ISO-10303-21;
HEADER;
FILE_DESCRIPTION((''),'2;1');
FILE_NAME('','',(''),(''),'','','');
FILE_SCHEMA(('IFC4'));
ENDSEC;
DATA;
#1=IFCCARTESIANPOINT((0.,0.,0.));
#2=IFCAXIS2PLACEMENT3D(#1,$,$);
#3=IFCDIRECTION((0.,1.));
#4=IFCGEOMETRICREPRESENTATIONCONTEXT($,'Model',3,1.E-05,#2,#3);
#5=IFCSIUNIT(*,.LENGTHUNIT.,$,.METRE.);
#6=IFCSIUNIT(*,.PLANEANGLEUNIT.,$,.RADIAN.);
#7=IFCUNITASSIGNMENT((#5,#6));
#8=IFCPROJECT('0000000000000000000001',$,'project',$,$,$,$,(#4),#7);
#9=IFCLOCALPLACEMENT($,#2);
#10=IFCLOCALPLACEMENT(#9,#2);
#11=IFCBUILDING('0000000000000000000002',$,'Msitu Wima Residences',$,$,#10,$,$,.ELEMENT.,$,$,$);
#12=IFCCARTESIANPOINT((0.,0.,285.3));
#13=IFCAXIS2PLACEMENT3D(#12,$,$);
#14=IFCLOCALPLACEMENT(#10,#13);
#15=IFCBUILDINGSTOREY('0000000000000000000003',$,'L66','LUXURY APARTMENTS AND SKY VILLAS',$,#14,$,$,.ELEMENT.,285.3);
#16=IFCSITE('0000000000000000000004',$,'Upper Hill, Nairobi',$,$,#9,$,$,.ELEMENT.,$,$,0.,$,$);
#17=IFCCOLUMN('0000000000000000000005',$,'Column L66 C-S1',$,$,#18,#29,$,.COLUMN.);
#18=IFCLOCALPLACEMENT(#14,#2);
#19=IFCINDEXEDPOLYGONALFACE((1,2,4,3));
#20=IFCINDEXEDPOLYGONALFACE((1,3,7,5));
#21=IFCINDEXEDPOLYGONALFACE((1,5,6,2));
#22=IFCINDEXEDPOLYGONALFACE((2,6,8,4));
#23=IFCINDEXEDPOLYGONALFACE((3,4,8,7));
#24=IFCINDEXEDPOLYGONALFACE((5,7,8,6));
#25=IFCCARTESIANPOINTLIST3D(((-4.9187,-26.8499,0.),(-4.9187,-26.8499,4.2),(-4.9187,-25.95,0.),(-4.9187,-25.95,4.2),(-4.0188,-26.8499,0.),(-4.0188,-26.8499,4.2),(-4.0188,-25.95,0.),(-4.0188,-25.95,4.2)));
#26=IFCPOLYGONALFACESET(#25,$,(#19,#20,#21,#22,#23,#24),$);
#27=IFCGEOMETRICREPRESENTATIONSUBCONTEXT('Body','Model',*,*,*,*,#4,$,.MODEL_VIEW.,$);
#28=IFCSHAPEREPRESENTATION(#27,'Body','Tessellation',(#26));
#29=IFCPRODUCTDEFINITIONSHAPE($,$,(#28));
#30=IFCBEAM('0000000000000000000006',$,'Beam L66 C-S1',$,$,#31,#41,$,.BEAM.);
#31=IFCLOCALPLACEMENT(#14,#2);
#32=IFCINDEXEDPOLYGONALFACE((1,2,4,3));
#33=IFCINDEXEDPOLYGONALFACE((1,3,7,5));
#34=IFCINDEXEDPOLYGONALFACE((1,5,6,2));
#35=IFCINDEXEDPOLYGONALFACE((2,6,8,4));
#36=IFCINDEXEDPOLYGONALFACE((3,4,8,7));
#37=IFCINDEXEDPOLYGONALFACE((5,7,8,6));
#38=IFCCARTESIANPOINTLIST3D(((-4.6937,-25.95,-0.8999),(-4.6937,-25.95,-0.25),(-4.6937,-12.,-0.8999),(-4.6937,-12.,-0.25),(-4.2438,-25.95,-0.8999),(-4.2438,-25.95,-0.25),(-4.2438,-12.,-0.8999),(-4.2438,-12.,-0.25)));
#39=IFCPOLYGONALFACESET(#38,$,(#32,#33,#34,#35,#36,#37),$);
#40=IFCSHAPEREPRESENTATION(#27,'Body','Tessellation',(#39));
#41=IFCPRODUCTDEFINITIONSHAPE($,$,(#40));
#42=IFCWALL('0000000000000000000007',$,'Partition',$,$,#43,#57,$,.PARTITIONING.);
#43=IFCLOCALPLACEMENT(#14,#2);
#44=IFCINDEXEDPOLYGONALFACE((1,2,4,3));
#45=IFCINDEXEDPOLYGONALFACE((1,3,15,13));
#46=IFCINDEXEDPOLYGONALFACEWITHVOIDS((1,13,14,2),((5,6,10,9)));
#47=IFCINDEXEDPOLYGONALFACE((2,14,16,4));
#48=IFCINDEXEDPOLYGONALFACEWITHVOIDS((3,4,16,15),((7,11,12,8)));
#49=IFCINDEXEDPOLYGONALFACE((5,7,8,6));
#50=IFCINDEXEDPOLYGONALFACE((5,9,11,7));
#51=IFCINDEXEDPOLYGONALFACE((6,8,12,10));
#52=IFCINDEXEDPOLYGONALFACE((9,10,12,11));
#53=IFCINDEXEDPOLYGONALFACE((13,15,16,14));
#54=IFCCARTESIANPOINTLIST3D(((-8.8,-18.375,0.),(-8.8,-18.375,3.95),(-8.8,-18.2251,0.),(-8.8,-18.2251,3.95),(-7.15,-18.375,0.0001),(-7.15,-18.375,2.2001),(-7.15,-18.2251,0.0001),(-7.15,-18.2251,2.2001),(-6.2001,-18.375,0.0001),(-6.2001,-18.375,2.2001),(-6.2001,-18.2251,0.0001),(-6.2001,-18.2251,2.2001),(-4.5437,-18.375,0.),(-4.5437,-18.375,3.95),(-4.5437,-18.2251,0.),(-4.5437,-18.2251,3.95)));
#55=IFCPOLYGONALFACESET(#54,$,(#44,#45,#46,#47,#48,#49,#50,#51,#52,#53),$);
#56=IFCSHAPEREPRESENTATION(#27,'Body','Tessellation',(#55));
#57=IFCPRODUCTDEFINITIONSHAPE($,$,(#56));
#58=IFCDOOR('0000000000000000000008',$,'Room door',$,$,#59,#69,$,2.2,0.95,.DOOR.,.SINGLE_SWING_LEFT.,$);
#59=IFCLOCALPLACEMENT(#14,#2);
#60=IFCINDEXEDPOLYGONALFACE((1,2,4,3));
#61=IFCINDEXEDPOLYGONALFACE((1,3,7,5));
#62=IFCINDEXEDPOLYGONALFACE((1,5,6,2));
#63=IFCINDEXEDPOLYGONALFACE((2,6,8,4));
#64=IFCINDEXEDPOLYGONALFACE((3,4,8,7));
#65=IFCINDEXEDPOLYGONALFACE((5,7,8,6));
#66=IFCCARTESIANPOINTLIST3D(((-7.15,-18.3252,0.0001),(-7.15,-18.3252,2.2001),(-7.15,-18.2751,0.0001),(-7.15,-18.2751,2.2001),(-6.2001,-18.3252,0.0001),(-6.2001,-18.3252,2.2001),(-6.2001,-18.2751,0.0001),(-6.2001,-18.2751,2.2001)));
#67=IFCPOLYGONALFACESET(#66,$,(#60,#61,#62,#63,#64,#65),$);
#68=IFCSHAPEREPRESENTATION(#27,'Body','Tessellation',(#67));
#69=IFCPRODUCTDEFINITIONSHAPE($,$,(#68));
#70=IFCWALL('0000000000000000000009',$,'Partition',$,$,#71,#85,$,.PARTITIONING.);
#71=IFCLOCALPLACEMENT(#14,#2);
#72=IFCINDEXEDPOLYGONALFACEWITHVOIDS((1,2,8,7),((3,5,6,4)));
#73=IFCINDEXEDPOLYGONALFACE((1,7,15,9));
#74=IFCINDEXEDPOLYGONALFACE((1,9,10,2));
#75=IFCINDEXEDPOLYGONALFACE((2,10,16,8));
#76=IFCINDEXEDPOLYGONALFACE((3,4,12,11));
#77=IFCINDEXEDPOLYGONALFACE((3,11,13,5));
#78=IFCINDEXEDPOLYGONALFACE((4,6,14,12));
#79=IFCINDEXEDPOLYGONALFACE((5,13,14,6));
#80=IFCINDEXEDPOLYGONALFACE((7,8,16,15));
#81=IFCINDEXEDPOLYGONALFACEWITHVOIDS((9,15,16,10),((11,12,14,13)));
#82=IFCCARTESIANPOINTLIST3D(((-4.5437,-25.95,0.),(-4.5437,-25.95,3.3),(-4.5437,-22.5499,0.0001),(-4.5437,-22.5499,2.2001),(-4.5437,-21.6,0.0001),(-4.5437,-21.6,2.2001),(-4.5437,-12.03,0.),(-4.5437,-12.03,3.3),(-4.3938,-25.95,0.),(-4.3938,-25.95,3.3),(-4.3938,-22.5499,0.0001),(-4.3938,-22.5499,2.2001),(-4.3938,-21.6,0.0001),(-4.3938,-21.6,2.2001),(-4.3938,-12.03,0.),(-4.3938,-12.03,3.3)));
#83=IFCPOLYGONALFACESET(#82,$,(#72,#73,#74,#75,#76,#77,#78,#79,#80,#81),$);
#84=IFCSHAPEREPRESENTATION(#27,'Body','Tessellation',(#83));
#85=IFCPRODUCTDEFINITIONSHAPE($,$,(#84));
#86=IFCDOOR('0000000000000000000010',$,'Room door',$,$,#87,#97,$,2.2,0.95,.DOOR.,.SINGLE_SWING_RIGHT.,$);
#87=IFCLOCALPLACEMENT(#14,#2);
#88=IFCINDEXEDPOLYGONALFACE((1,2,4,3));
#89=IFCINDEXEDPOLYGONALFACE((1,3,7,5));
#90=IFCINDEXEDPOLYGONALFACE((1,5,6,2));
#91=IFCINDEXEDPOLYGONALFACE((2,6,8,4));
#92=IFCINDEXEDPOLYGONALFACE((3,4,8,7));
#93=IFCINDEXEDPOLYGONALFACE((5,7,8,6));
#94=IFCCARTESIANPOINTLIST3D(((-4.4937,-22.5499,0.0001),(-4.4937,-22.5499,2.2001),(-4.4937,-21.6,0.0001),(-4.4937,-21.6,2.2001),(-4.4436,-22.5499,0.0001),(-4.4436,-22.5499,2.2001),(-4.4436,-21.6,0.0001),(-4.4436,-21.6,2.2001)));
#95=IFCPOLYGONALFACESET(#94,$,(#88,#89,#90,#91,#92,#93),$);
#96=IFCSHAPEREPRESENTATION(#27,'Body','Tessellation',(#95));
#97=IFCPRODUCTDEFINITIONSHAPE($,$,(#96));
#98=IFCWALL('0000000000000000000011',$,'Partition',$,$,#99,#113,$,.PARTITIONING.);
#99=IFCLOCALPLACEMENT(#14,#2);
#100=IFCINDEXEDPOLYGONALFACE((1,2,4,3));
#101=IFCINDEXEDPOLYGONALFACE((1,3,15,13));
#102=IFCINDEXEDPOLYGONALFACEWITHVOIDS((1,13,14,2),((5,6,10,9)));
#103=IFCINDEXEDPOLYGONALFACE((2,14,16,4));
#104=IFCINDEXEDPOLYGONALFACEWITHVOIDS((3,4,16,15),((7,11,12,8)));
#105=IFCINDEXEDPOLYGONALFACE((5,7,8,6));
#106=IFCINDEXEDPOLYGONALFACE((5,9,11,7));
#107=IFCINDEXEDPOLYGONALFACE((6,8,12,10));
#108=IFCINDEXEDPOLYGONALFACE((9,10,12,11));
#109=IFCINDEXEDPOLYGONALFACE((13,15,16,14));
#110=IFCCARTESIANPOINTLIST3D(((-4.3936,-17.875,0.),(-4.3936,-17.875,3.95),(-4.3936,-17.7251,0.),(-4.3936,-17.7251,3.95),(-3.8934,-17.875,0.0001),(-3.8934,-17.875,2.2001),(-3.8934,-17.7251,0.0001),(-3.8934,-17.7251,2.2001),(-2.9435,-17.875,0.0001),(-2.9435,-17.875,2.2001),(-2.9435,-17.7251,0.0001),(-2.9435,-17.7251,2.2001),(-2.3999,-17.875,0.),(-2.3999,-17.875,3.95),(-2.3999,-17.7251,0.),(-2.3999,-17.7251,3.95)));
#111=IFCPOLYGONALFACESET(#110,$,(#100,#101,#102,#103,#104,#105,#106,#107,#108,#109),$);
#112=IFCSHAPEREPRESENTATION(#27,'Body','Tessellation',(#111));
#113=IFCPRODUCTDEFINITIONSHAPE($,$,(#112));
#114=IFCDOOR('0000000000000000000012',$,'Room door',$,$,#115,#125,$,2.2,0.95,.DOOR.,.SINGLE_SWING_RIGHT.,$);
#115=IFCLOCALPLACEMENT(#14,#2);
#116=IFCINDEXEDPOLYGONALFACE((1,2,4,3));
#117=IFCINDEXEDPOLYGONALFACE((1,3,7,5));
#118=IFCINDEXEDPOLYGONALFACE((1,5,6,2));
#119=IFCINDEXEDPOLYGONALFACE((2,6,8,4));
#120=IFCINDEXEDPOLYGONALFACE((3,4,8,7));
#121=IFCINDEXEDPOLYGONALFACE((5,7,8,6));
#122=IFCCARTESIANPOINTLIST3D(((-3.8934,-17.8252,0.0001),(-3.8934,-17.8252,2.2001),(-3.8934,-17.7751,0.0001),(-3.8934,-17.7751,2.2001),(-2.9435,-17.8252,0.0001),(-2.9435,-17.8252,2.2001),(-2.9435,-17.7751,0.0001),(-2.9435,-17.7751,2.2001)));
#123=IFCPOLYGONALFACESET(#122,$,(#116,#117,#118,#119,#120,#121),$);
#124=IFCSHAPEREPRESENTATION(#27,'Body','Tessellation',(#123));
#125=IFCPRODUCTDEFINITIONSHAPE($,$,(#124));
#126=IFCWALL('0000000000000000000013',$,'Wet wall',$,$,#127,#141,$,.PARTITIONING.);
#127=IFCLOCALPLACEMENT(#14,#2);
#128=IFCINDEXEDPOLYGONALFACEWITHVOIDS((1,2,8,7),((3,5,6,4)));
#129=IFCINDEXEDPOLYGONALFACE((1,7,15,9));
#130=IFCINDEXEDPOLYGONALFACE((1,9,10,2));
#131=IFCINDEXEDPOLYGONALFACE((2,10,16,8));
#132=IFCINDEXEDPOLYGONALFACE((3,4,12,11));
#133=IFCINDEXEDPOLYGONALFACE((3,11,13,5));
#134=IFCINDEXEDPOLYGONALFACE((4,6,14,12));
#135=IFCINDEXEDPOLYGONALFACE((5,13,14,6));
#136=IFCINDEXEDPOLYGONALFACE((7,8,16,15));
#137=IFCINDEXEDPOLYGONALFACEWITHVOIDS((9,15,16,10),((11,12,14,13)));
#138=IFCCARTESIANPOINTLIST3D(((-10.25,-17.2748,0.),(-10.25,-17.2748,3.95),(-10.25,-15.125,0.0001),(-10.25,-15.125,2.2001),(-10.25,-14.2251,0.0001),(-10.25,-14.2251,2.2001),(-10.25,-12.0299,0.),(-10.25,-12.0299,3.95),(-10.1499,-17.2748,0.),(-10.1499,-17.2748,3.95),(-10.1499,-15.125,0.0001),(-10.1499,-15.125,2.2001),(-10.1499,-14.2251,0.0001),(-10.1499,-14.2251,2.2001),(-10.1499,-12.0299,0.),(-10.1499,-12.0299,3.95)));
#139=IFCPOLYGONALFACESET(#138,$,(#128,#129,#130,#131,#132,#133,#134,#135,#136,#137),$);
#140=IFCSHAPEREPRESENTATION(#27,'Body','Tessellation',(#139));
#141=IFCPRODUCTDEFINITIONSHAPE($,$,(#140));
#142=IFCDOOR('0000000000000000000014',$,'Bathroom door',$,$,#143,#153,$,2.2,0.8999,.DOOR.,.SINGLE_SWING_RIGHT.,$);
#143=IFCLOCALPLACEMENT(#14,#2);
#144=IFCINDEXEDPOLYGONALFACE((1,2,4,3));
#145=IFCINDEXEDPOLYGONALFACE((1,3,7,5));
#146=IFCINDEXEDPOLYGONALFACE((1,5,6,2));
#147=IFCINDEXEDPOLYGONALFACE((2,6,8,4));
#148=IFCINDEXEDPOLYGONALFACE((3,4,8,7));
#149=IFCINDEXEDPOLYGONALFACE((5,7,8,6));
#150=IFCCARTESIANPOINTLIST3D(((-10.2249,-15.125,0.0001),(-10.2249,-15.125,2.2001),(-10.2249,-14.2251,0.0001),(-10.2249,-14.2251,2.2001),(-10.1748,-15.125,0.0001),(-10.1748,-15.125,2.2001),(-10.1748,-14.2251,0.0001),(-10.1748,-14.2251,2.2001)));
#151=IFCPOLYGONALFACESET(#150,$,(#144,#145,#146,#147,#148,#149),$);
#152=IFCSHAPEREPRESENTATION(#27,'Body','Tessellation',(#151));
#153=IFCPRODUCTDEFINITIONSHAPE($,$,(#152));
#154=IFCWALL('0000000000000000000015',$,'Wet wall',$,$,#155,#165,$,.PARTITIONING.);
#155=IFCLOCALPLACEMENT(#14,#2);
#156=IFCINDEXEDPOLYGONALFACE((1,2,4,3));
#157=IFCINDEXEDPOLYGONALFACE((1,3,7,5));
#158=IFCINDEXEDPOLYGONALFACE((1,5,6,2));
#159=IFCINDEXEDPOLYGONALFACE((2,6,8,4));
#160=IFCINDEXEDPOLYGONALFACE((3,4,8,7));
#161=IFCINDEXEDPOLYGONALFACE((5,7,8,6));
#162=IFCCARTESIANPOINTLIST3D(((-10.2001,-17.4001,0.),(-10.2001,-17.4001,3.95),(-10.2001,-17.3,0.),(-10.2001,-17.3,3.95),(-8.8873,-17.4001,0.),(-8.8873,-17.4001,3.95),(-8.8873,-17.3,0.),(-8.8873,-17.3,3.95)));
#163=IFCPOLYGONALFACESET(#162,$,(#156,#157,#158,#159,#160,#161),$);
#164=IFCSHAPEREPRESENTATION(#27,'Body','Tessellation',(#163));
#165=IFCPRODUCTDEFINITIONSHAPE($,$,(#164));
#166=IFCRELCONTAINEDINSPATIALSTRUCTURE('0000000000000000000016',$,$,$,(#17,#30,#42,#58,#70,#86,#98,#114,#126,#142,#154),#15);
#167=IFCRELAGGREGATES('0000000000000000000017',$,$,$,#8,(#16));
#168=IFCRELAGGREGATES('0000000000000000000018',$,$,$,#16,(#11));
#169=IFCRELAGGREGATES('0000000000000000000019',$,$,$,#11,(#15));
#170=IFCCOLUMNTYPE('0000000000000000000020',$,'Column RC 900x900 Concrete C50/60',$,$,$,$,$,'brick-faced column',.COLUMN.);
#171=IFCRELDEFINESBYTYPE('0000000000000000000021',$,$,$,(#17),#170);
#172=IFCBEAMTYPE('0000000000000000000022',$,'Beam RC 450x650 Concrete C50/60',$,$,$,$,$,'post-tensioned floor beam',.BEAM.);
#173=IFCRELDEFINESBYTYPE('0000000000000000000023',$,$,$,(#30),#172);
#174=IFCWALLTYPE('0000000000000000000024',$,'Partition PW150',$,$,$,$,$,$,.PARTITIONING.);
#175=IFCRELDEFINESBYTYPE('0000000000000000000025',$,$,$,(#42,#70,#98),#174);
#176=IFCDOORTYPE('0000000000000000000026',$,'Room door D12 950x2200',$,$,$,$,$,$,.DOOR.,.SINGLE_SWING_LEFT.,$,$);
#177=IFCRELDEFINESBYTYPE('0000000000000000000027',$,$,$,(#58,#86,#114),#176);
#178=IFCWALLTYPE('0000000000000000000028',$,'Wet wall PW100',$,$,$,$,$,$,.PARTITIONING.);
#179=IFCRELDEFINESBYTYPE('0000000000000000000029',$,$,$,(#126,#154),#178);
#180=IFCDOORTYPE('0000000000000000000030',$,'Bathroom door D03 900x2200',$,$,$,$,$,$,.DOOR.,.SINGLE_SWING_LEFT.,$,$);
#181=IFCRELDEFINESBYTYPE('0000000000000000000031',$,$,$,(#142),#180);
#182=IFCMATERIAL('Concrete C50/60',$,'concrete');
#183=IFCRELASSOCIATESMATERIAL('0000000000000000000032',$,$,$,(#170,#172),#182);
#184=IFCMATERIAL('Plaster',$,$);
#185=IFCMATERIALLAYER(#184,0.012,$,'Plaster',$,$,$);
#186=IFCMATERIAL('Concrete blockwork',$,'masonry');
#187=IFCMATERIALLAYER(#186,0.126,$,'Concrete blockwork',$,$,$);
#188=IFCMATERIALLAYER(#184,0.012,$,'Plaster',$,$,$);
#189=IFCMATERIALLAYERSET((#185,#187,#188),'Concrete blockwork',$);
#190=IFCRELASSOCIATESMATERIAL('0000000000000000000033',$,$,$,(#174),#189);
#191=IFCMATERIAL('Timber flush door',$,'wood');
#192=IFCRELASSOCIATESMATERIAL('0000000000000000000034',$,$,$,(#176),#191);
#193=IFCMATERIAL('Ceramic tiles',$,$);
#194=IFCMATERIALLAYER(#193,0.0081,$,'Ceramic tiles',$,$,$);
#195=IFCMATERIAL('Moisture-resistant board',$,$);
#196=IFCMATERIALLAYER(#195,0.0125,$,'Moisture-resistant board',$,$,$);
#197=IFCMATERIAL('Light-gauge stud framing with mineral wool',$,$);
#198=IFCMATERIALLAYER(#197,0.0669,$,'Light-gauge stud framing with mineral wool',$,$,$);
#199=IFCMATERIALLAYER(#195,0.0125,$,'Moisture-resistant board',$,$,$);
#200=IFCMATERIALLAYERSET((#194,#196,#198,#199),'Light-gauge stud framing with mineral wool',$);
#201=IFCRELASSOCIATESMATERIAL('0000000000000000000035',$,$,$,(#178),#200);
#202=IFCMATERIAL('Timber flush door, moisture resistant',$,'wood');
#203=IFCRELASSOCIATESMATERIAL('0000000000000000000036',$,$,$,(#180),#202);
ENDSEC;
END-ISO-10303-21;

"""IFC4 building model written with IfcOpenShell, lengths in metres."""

from ifc_helpers import new_model, si_unit, direction, frame, frame_2d, origin, origin_2d, place, context, subcontext, project, spatial, rectangle, extrude, material, layer, layer_set, material_profile, profile_set, type_object, element, fill, save


model = new_model("IFC4")

# Units and contexts
model_context = context("Model", 3, precision=1e-05, world=origin(), true_north=direction((0.0, 1.0)))
body_context = subcontext(model_context, "Body", "Model", "MODEL_VIEW")
ifc_project = project(units=[si_unit("LENGTHUNIT", "METRE"), si_unit("PLANEANGLEUNIT", "RADIAN")], contexts=[model_context])

# Site, building, storey
site_placement = place(None, origin())
site = spatial("IfcSite", under=ifc_project, at=site_placement, Name="Upper Hill, Nairobi", CompositionType="ELEMENT", RefElevation=0.0)
building_placement = place(site_placement, origin())
building = spatial("IfcBuilding", under=site, at=building_placement, Name="Msitu Wima Residences", CompositionType="ELEMENT")
storey_placement = place(building_placement, frame((0.0, 0.0, 285.3)))
storey = spatial("IfcBuildingStorey", under=building, at=storey_placement, Name="L66", Description="LUXURY APARTMENTS AND SKY VILLAS", CompositionType="ELEMENT", Elevation=285.3)

# Column
ifc_material_1 = material(Name="Concrete C50/60", Category="concrete")
ifc_material_profile_1 = material_profile(ifc_material_1, rectangle(XDim=0.8999, YDim=0.8999, at=origin_2d()), Name="RC 900x900")
ifc_profile_set_1 = profile_set([ifc_material_profile_1], Name="Concrete C50/60")
column_type = type_object("IfcColumnType", Name="Column RC 900x900 Concrete C50/60", ElementType="brick-faced column", PredefinedType="COLUMN", material=ifc_profile_set_1)
column_placement = place(storey_placement, frame((-4.4688, -26.3999, 0.0), z_axis=(0.0, 0.0, 1.0), x_axis=(1.0, 0.0, 0.0)))
element("IfcColumn", 1, at=column_placement, inside=storey, type_object=column_type, Name="Column L66 C-S1", PredefinedType="COLUMN", context=body_context, shape_type="SweptSolid", body=[
    extrude(rectangle(XDim=0.8999, YDim=0.8999, at=origin_2d()), origin(), (0.0, 0.0, 1.0), 4.2),
])

# Beam
ifc_material_profile_2 = material_profile(ifc_material_1, rectangle(XDim=0.45, YDim=0.6499, at=origin_2d()), Name="RC 450x650")
ifc_profile_set_2 = profile_set([ifc_material_profile_2], Name="Concrete C50/60")
beam_type = type_object("IfcBeamType", Name="Beam RC 450x650 Concrete C50/60", ElementType="post-tensioned floor beam", PredefinedType="BEAM", material=ifc_profile_set_2)
beam_placement = place(storey_placement, frame((-4.4688, -25.95, -0.575), z_axis=(0.0, 1.0, 0.0), x_axis=(-1.0, 0.0, 0.0)))
element("IfcBeam", 2, at=beam_placement, inside=storey, type_object=beam_type, Name="Beam L66 C-S1", PredefinedType="BEAM", context=body_context, shape_type="SweptSolid", body=[
    extrude(rectangle(XDim=0.45, YDim=0.6499, at=origin_2d()), origin(), (0.0, 0.0, 1.0), 13.95),
])

# Walls, openings, doors
ifc_material_2 = material(Name="Plaster")
ifc_layer_1 = layer(ifc_material_2, 0.012, Name="Plaster")
ifc_material_3 = material(Name="Concrete blockwork", Category="masonry")
ifc_layer_2 = layer(ifc_material_3, 0.126, Name="Concrete blockwork")
ifc_layer_3 = layer(ifc_material_2, 0.012, Name="Plaster")
ifc_layer_set_1 = layer_set([ifc_layer_1, ifc_layer_2, ifc_layer_3], Name="Concrete blockwork")
wall_type_1 = type_object("IfcWallType", Name="Partition PW150", PredefinedType="PARTITIONING", material=ifc_layer_set_1)
wall_1_placement = place(storey_placement, frame((-8.8, -18.3, 0.0), z_axis=(0.0, 0.0, 1.0), x_axis=(1.0, 0.0, 0.0)))
wall_1 = element("IfcWall", 3, at=wall_1_placement, inside=storey, type_object=wall_type_1, Name="Partition", PredefinedType="PARTITIONING", context=body_context, shape_type="SweptSolid", body=[
    extrude(rectangle(XDim=4.2563, YDim=0.1499, at=frame_2d((2.1282, 0.0))), origin(), (0.0, 0.0, 1.0), 3.95),
])
opening_1_placement = place(wall_1_placement, frame((1.6499, 0.0, 0.0)))
opening_1 = element("IfcOpeningElement", 4, at=opening_1_placement, cuts=wall_1, PredefinedType="OPENING", context=body_context, shape_type="SweptSolid", body=[
    extrude(rectangle(XDim=0.95, YDim=2.2, at=frame_2d((0.4751, 1.1001))), frame((0.0, 0.085, 0.0), z_axis=(0.0, -1.0, 0.0), x_axis=(1.0, 0.0, 0.0)), (0.0, 0.0, 1.0), 0.1699),
])
ifc_material_4 = material(Name="Timber flush door", Category="wood")
door_type_1 = type_object("IfcDoorType", Name="Room door D12 950x2200", OperationType="SINGLE_SWING_LEFT", PredefinedType="DOOR", material=ifc_material_4)
door_1_placement = place(opening_1_placement, origin())
door_1 = element("IfcDoor", 5, at=door_1_placement, inside=storey, type_object=door_type_1, Name="Room door", OperationType="SINGLE_SWING_LEFT", OverallHeight=2.2, OverallWidth=0.95, PredefinedType="DOOR", context=body_context, shape_type="SweptSolid", body=[
    extrude(rectangle(XDim=0.95, YDim=2.2, at=frame_2d((0.4751, 1.1001))), frame((0.0, 0.0249, 0.0), z_axis=(0.0, -1.0, 0.0), x_axis=(1.0, 0.0, 0.0)), (0.0, 0.0, 1.0), 0.05),
])
fill(opening_1, door_1)
wall_2_placement = place(storey_placement, frame((-4.4688, -25.95, 0.0), z_axis=(0.0, 0.0, 1.0), x_axis=(0.0, 1.0, 0.0)))
wall_2 = element("IfcWall", 6, at=wall_2_placement, inside=storey, type_object=wall_type_1, Name="Partition", PredefinedType="PARTITIONING", context=body_context, shape_type="SweptSolid", body=[
    extrude(rectangle(XDim=13.9199, YDim=0.1499, at=frame_2d((6.96, 0.0))), origin(), (0.0, 0.0, 1.0), 3.3),
])
opening_2_placement = place(wall_2_placement, frame((3.3999, 0.0, 0.0)))
opening_2 = element("IfcOpeningElement", 7, at=opening_2_placement, cuts=wall_2, PredefinedType="OPENING", context=body_context, shape_type="SweptSolid", body=[
    extrude(rectangle(XDim=0.95, YDim=2.2, at=frame_2d((0.4751, 1.1001))), frame((0.0, 0.085, 0.0), z_axis=(0.0, -1.0, 0.0), x_axis=(1.0, 0.0, 0.0)), (0.0, 0.0, 1.0), 0.1699),
])
door_2_placement = place(opening_2_placement, origin())
door_2 = element("IfcDoor", 8, at=door_2_placement, inside=storey, type_object=door_type_1, Name="Room door", OperationType="SINGLE_SWING_RIGHT", OverallHeight=2.2, OverallWidth=0.95, PredefinedType="DOOR", context=body_context, shape_type="SweptSolid", body=[
    extrude(rectangle(XDim=0.95, YDim=2.2, at=frame_2d((0.4751, 1.1001))), frame((0.0, 0.0249, 0.0), z_axis=(0.0, -1.0, 0.0), x_axis=(1.0, 0.0, 0.0)), (0.0, 0.0, 1.0), 0.05),
])
fill(opening_2, door_2)
wall_3_placement = place(storey_placement, frame((-4.3936, -17.8, 0.0), z_axis=(0.0, 0.0, 1.0), x_axis=(1.0, 0.0, 0.0)))
wall_3 = element("IfcWall", 9, at=wall_3_placement, inside=storey, type_object=wall_type_1, Name="Partition", PredefinedType="PARTITIONING", context=body_context, shape_type="SweptSolid", body=[
    extrude(rectangle(XDim=1.9937, YDim=0.1499, at=frame_2d((0.9968, 0.0))), origin(), (0.0, 0.0, 1.0), 3.95),
])
opening_3_placement = place(wall_3_placement, frame((0.5, 0.0, 0.0)))
opening_3 = element("IfcOpeningElement", 10, at=opening_3_placement, cuts=wall_3, PredefinedType="OPENING", context=body_context, shape_type="SweptSolid", body=[
    extrude(rectangle(XDim=0.95, YDim=2.2, at=frame_2d((0.4751, 1.1001))), frame((0.0, 0.085, 0.0), z_axis=(0.0, -1.0, 0.0), x_axis=(1.0, 0.0, 0.0)), (0.0, 0.0, 1.0), 0.1699),
])
door_3_placement = place(opening_3_placement, origin())
door_3 = element("IfcDoor", 11, at=door_3_placement, inside=storey, type_object=door_type_1, Name="Room door", OperationType="SINGLE_SWING_RIGHT", OverallHeight=2.2, OverallWidth=0.95, PredefinedType="DOOR", context=body_context, shape_type="SweptSolid", body=[
    extrude(rectangle(XDim=0.95, YDim=2.2, at=frame_2d((0.4751, 1.1001))), frame((0.0, 0.0249, 0.0), z_axis=(0.0, -1.0, 0.0), x_axis=(1.0, 0.0, 0.0)), (0.0, 0.0, 1.0), 0.05),
])
fill(opening_3, door_3)
ifc_material_5 = material(Name="Ceramic tiles")
ifc_layer_4 = layer(ifc_material_5, 0.0081, Name="Ceramic tiles")
ifc_material_6 = material(Name="Moisture-resistant board")
ifc_layer_5 = layer(ifc_material_6, 0.0125, Name="Moisture-resistant board")
ifc_material_7 = material(Name="Light-gauge stud framing with mineral wool")
ifc_layer_6 = layer(ifc_material_7, 0.0669, Name="Light-gauge stud framing with mineral wool")
ifc_layer_7 = layer(ifc_material_6, 0.0125, Name="Moisture-resistant board")
ifc_layer_set_2 = layer_set([ifc_layer_4, ifc_layer_5, ifc_layer_6, ifc_layer_7], Name="Light-gauge stud framing with mineral wool")
wall_type_2 = type_object("IfcWallType", Name="Wet wall PW100", PredefinedType="PARTITIONING", material=ifc_layer_set_2)
wall_4_placement = place(storey_placement, frame((-10.2, -17.2749, 0.0), z_axis=(0.0, 0.0, 1.0), x_axis=(0.0, 1.0, 0.0)))
wall_4 = element("IfcWall", 12, at=wall_4_placement, inside=storey, type_object=wall_type_2, Name="Wet wall", PredefinedType="PARTITIONING", context=body_context, shape_type="SweptSolid", body=[
    extrude(rectangle(XDim=5.2449, YDim=0.1001, at=frame_2d((2.6226, 0.0))), origin(), (0.0, 0.0, 1.0), 3.95),
])
opening_4_placement = place(wall_4_placement, frame((2.1499, 0.0, 0.0)))
opening_4 = element("IfcOpeningElement", 13, at=opening_4_placement, cuts=wall_4, PredefinedType="OPENING", context=body_context, shape_type="SweptSolid", body=[
    extrude(rectangle(XDim=0.8999, YDim=2.2, at=frame_2d((0.45, 1.1001))), frame((0.0, 0.0601, 0.0), z_axis=(0.0, -1.0, 0.0), x_axis=(1.0, 0.0, 0.0)), (0.0, 0.0, 1.0), 0.1201),
])
ifc_material_8 = material(Name="Timber flush door, moisture resistant", Category="wood")
door_type_2 = type_object("IfcDoorType", Name="Bathroom door D03 900x2200", OperationType="SINGLE_SWING_LEFT", PredefinedType="DOOR", material=ifc_material_8)
door_4_placement = place(opening_4_placement, origin())
door_4 = element("IfcDoor", 14, at=door_4_placement, inside=storey, type_object=door_type_2, Name="Bathroom door", OperationType="SINGLE_SWING_RIGHT", OverallHeight=2.2, OverallWidth=0.8999, PredefinedType="DOOR", context=body_context, shape_type="SweptSolid", body=[
    extrude(rectangle(XDim=0.8999, YDim=2.2, at=frame_2d((0.45, 1.1001))), frame((0.0, 0.0249, 0.0), z_axis=(0.0, -1.0, 0.0), x_axis=(1.0, 0.0, 0.0)), (0.0, 0.0, 1.0), 0.05),
])
fill(opening_4, door_4)

# Wall
wall_5_placement = place(storey_placement, frame((-10.2, -17.3501, 0.0), z_axis=(0.0, 0.0, 1.0), x_axis=(1.0, 0.0, 0.0)))
element("IfcWall", 15, at=wall_5_placement, inside=storey, type_object=wall_type_2, Name="Wet wall", PredefinedType="PARTITIONING", context=body_context, shape_type="SweptSolid", body=[
    extrude(rectangle(XDim=1.3127, YDim=0.1001, at=frame_2d((0.6562, 0.0))), origin(), (0.0, 0.0, 1.0), 3.95),
])

save(model, "model.ifc")
